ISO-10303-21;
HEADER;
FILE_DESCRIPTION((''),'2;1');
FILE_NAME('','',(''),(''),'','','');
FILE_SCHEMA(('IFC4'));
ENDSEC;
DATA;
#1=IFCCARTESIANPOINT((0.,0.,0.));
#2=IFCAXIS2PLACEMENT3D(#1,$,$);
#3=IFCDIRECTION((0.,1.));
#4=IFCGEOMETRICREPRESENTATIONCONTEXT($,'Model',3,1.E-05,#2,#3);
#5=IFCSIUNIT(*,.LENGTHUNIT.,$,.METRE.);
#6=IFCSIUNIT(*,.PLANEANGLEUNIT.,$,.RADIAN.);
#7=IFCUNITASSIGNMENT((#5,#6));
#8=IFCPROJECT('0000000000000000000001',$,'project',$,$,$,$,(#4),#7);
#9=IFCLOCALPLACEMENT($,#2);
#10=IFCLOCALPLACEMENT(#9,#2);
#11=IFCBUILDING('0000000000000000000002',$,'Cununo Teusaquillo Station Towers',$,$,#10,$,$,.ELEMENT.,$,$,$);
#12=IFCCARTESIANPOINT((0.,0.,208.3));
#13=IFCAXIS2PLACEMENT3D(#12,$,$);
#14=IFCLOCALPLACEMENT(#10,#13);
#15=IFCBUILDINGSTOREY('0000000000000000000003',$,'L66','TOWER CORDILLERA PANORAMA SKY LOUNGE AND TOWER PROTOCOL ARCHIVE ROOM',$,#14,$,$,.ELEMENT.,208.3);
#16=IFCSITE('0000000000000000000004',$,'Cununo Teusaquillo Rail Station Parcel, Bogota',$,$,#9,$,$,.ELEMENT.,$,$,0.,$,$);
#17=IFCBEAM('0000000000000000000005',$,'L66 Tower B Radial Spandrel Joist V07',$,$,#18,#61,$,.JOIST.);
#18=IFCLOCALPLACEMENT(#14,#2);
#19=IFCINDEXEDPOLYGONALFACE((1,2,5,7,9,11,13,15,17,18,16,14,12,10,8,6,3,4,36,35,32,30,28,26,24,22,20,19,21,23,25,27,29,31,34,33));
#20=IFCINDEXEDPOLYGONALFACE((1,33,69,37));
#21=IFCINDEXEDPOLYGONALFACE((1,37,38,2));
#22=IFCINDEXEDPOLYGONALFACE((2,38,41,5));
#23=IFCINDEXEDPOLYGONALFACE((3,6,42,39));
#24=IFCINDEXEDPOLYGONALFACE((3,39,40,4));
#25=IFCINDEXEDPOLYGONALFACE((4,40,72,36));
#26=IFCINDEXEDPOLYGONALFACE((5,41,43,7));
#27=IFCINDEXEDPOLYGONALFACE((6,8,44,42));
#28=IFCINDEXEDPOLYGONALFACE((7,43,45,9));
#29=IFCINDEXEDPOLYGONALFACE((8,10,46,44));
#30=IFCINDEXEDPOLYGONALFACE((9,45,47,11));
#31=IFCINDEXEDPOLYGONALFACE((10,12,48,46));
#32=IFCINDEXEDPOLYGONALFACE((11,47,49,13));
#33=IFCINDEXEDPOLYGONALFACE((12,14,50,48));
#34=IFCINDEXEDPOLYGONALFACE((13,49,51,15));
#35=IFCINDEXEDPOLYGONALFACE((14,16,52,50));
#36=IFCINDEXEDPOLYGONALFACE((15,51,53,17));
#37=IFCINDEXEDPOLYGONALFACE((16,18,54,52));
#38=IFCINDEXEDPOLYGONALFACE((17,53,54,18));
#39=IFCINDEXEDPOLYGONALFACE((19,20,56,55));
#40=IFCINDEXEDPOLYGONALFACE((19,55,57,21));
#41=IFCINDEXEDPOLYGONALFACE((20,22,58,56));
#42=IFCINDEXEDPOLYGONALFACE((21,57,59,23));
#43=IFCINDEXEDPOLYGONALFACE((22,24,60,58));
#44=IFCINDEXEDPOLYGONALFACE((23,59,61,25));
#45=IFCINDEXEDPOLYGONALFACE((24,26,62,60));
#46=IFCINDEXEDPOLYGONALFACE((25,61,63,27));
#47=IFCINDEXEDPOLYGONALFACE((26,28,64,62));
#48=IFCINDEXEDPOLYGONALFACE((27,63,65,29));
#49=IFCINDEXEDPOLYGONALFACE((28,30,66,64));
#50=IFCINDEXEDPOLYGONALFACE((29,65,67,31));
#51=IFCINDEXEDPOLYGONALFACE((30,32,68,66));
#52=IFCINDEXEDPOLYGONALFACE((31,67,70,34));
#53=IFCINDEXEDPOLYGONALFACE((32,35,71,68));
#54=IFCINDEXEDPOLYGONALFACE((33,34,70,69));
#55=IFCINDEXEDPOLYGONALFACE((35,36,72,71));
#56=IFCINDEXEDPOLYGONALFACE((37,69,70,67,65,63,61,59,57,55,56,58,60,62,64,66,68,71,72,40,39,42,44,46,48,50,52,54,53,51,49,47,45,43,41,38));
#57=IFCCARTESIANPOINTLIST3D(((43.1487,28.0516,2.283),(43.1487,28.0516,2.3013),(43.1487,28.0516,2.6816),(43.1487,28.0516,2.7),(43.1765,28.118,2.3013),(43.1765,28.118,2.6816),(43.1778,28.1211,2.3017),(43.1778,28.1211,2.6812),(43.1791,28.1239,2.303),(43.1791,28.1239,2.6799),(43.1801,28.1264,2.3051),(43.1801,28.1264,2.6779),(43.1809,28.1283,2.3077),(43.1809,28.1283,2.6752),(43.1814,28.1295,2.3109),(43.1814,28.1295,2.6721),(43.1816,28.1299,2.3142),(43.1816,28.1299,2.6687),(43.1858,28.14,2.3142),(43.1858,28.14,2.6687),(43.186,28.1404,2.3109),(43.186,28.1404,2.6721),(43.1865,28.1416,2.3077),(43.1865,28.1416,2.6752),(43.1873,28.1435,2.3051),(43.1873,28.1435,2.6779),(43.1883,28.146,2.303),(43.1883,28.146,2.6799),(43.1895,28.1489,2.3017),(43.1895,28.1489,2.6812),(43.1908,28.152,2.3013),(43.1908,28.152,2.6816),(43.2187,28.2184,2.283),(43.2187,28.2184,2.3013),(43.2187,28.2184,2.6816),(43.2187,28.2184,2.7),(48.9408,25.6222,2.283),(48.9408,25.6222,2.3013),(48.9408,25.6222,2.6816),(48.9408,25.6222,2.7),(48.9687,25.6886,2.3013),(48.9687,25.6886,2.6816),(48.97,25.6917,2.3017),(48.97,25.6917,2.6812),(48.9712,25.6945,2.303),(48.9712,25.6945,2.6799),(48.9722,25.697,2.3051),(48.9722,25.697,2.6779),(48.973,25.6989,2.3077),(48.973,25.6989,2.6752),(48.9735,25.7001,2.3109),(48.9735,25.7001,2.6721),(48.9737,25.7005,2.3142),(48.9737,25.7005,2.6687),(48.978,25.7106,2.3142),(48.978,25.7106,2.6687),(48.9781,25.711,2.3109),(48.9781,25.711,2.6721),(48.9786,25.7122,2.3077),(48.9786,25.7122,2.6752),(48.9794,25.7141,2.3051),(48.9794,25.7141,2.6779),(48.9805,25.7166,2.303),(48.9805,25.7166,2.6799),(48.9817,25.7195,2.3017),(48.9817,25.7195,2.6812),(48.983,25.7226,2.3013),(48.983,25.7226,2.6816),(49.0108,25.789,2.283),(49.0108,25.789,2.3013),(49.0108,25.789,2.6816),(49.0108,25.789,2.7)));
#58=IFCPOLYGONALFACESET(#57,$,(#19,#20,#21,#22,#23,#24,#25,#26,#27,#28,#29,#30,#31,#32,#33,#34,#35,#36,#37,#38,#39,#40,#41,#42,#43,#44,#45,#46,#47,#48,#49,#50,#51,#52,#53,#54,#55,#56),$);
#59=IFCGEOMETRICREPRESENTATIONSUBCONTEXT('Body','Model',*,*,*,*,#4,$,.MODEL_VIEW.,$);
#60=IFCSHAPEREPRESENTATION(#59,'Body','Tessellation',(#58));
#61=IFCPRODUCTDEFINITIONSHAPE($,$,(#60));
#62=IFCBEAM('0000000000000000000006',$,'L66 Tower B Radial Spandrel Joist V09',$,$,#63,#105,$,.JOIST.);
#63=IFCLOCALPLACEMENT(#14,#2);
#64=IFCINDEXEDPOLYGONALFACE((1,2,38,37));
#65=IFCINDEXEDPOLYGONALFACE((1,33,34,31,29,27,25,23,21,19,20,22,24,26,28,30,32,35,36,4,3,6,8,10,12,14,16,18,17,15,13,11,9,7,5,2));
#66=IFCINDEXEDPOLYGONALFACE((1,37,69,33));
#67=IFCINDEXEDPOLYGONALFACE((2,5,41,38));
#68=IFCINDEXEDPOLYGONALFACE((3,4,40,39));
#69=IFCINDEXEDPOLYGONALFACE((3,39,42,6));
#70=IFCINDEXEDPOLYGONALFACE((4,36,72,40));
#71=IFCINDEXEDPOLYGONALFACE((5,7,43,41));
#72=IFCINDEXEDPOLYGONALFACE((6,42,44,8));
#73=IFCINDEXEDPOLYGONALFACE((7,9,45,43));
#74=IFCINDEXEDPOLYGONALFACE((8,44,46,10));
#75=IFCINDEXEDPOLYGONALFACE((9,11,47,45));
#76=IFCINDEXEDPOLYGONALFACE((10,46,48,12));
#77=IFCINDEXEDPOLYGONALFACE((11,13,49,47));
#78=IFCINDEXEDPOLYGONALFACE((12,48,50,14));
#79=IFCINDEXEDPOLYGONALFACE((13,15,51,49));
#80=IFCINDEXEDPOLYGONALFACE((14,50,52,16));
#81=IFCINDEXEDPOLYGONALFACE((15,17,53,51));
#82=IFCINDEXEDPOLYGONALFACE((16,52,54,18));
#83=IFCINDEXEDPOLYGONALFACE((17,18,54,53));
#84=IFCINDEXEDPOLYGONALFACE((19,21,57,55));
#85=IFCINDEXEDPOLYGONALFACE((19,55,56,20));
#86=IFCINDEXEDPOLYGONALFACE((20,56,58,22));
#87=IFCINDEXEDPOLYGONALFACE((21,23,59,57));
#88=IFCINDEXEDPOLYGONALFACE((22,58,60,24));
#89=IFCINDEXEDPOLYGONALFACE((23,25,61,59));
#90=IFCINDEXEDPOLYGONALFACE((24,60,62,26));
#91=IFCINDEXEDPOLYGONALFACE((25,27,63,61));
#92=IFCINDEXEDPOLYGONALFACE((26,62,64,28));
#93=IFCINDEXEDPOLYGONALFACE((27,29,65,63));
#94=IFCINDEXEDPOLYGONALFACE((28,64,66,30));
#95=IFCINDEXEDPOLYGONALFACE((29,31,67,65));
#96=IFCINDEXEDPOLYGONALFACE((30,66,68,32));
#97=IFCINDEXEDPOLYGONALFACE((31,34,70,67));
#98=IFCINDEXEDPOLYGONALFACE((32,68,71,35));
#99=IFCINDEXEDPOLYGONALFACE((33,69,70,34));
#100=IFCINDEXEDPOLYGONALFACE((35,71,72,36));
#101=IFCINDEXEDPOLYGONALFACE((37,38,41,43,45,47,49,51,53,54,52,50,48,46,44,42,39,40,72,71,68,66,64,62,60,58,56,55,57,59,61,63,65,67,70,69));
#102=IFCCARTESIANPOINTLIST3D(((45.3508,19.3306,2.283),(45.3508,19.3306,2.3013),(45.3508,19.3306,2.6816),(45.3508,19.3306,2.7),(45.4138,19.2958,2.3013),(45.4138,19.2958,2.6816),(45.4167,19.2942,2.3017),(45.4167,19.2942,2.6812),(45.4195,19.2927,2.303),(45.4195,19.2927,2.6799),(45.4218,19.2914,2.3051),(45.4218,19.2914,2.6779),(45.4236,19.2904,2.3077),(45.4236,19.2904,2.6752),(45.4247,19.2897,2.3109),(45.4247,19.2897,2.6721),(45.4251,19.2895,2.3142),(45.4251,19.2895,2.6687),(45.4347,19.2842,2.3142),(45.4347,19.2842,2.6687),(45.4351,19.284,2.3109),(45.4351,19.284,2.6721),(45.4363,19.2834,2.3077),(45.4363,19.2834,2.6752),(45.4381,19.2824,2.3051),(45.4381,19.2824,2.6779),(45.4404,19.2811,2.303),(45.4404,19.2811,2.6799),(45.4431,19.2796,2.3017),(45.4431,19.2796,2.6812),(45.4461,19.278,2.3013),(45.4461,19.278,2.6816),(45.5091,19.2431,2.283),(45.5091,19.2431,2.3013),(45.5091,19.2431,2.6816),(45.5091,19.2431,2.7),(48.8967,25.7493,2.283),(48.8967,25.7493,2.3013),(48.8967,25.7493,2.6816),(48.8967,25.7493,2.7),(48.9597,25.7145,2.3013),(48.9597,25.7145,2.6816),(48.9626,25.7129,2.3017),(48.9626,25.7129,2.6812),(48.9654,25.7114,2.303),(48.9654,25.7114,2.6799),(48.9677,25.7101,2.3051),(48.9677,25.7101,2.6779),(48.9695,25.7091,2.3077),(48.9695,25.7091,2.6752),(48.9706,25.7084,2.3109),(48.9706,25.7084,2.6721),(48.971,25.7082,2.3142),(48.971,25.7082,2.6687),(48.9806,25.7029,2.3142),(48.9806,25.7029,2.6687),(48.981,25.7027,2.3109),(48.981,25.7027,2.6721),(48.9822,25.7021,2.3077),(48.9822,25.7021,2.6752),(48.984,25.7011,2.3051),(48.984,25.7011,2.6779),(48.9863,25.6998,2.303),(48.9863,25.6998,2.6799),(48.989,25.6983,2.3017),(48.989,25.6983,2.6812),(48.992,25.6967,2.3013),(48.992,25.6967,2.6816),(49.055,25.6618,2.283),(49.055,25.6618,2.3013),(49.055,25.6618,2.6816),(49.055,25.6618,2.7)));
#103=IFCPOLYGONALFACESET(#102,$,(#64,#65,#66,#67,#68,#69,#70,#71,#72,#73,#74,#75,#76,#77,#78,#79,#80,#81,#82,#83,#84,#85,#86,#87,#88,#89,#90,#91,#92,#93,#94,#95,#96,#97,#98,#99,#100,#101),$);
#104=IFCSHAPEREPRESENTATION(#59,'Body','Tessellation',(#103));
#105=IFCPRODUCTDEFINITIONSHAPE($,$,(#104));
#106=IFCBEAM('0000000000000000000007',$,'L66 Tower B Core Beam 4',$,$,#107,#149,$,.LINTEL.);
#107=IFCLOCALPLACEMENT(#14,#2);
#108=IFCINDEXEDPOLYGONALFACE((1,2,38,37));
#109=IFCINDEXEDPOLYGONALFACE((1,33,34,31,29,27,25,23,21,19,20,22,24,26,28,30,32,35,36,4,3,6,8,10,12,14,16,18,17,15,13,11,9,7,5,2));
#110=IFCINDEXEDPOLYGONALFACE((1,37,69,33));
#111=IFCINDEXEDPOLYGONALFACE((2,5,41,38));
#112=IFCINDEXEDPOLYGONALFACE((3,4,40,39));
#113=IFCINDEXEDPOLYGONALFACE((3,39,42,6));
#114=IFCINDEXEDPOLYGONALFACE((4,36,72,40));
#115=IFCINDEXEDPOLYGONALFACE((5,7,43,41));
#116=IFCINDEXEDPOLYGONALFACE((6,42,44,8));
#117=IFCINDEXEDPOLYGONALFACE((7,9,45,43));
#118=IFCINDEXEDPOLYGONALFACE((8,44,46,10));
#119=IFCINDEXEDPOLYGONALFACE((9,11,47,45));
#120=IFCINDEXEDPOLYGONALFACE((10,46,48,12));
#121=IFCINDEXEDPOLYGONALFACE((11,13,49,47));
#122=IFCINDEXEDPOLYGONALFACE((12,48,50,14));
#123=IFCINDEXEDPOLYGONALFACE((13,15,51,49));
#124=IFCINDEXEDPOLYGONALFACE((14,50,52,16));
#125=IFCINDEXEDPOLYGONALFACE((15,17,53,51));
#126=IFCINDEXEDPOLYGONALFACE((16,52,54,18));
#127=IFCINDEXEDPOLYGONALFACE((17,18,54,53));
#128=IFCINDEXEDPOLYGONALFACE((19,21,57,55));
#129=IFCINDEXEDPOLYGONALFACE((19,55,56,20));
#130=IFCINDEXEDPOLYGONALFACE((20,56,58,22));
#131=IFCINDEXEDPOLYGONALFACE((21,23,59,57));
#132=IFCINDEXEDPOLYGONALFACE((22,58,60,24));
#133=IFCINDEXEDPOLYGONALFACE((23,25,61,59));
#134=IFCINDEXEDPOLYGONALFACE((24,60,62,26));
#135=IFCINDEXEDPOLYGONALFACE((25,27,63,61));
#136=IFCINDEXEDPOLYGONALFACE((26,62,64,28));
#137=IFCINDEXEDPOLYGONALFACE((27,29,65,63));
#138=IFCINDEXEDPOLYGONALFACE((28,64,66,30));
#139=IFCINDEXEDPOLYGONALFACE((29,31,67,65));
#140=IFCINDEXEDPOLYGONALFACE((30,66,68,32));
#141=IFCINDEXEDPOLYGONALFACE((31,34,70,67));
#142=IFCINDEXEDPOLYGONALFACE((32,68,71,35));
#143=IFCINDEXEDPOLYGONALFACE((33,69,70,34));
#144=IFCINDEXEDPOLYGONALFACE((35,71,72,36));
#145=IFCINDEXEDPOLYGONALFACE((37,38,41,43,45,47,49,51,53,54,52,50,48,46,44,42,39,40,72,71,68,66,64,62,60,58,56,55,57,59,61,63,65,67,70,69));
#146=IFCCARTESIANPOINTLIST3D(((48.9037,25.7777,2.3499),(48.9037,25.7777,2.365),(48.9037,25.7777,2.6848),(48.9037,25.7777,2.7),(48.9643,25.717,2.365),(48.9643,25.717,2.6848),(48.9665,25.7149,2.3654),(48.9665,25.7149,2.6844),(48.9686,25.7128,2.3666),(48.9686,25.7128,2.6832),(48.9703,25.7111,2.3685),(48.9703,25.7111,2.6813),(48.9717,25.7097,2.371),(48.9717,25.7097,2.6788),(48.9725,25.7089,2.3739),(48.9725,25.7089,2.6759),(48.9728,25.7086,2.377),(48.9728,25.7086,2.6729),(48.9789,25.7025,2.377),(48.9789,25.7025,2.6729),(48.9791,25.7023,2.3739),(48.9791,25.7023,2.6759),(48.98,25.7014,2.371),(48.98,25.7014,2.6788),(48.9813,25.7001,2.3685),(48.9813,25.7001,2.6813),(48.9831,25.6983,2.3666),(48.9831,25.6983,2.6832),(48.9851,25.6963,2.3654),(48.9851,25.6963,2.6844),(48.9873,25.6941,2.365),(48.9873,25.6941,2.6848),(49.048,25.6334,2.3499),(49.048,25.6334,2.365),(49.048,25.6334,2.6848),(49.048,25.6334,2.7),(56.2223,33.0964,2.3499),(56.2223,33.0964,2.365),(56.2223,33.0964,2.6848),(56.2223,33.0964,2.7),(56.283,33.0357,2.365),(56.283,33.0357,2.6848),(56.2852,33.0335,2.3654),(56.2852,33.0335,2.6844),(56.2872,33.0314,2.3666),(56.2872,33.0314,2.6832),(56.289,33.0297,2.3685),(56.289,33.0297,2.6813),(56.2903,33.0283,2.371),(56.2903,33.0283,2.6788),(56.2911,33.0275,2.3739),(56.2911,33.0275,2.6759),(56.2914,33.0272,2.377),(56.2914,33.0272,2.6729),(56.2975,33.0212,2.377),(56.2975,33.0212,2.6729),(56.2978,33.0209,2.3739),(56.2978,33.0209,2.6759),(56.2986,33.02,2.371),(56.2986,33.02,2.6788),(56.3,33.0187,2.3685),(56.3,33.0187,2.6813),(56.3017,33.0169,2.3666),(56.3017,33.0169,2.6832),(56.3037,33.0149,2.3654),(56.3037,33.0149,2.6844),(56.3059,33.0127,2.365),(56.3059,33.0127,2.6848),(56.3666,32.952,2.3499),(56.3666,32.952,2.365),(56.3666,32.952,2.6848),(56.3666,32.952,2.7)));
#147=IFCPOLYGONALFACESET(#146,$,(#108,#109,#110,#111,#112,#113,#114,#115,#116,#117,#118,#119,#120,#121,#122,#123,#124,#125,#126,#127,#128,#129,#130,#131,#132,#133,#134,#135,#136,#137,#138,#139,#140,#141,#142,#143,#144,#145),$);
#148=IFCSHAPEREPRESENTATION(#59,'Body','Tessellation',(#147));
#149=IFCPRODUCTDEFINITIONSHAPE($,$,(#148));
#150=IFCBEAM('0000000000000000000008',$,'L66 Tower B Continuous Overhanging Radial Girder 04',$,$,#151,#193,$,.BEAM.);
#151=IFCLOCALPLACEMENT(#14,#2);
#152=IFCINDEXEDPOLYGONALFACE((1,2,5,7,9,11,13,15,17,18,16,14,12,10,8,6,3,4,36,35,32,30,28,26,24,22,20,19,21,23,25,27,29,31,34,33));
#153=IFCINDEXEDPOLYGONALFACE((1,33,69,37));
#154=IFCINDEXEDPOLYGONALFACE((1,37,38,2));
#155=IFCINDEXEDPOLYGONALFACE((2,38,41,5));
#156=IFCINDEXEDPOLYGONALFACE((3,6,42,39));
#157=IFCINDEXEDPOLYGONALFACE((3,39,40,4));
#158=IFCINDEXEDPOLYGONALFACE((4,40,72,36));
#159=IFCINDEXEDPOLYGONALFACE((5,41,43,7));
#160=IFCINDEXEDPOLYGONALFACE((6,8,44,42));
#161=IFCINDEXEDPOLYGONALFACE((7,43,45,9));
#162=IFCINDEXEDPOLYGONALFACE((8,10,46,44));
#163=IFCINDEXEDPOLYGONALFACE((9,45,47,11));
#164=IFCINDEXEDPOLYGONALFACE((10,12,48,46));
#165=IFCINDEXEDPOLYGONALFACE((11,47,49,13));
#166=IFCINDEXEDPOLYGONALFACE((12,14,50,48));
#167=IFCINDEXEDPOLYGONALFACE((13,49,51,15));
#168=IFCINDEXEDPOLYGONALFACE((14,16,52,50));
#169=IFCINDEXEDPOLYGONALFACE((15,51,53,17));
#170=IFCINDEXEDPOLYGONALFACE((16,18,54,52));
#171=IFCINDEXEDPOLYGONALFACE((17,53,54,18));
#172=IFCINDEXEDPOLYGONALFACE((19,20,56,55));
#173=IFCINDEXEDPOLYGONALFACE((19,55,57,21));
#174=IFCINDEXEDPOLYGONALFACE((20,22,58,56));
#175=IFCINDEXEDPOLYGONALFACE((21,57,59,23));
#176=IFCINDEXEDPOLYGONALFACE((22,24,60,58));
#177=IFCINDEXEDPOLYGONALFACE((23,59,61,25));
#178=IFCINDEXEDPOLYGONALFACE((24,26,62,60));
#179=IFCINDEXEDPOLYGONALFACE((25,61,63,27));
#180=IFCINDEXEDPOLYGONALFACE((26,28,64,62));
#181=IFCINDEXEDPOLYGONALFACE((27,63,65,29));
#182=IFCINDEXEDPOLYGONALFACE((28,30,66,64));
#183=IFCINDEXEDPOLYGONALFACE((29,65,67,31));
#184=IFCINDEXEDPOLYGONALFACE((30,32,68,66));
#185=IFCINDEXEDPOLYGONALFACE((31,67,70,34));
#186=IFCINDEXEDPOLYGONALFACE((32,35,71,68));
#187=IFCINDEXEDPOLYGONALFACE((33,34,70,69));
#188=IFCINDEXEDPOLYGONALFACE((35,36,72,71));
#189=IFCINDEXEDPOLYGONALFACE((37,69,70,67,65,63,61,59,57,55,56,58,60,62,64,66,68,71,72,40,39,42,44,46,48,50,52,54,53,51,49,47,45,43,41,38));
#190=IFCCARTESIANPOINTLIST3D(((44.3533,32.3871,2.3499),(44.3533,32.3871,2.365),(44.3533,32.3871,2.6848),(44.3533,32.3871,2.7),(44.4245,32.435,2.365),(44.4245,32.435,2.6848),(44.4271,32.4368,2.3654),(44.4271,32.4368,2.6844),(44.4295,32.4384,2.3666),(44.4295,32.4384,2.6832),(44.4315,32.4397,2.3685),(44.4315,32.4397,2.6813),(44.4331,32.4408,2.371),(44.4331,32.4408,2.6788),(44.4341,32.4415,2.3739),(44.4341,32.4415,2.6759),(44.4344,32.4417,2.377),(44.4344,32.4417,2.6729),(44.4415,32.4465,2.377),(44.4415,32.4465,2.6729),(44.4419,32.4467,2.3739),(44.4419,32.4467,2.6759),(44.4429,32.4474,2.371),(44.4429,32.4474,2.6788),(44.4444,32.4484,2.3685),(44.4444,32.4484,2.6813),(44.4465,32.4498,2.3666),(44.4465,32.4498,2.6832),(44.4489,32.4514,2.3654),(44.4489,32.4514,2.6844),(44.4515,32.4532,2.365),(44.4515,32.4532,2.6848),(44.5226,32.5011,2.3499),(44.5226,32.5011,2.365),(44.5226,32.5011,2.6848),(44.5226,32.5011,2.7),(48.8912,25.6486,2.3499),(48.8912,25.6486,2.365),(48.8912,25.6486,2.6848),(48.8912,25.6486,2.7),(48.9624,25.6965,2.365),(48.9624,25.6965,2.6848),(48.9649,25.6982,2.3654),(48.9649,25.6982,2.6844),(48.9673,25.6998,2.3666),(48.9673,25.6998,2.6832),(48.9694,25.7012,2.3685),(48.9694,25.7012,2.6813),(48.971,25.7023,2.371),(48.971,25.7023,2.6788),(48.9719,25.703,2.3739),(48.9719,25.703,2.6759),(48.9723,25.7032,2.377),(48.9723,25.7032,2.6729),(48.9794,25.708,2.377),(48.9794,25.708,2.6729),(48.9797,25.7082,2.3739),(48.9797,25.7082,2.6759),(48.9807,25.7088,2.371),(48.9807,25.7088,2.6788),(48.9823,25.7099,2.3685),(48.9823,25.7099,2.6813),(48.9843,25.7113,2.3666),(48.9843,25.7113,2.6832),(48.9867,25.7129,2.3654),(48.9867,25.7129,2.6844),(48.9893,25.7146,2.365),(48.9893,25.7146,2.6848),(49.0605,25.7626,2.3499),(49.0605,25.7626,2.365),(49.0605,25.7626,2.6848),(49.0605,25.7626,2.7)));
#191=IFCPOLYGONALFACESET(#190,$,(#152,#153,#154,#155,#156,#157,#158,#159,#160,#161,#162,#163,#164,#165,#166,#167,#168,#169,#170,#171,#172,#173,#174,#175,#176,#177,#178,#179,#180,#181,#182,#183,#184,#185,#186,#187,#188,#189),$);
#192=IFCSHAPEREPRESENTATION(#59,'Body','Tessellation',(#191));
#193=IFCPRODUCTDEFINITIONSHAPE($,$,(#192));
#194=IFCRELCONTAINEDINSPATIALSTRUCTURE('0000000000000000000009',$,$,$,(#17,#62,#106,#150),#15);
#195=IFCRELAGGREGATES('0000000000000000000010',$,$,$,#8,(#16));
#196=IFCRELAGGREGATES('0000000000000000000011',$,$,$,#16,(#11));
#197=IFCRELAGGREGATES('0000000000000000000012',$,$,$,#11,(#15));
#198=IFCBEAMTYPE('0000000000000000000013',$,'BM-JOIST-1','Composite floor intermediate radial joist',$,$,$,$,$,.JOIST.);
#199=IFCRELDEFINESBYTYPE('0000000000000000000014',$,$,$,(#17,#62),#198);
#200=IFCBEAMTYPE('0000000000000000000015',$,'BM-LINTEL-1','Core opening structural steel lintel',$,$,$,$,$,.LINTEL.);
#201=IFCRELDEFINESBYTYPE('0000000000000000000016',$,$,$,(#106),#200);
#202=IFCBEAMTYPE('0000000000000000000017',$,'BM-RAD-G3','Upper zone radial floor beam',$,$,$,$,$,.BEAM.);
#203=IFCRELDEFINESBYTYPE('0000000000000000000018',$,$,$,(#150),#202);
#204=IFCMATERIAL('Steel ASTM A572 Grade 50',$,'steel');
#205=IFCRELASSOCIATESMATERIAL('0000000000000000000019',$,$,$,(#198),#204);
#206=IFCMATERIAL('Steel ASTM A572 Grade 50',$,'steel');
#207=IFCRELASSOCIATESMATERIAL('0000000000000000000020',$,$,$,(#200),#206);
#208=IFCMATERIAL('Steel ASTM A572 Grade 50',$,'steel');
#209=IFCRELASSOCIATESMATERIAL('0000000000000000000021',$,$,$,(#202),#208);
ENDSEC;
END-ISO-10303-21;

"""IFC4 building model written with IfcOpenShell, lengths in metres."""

from ifc_helpers import new_model, si_unit, direction, frame, origin, origin_2d, place, context, subcontext, project, spatial, i_section, extrude, material, material_profile, profile_set, type_object, element, save


model = new_model("IFC4")

# Units and contexts
model_context = context("Model", 3, precision=1e-05, world=origin(), true_north=direction((0.0, 1.0)))
body_context = subcontext(model_context, "Body", "Model", "MODEL_VIEW")
ifc_project = project(units=[si_unit("LENGTHUNIT", "METRE"), si_unit("PLANEANGLEUNIT", "RADIAN")], contexts=[model_context])

# Site, building, storey
site_placement = place(None, origin())
site = spatial("IfcSite", under=ifc_project, at=site_placement, Name="Cununo Teusaquillo Rail Station Parcel, Bogota", CompositionType="ELEMENT", RefElevation=0.0)
building_placement = place(site_placement, origin())
building = spatial("IfcBuilding", under=site, at=building_placement, Name="Cununo Teusaquillo Station Towers", CompositionType="ELEMENT")
storey_placement = place(building_placement, frame((0.0, 0.0, 208.3)))
storey = spatial("IfcBuildingStorey", under=building, at=storey_placement, Name="L66", Description="TOWER CORDILLERA PANORAMA SKY LOUNGE AND TOWER PROTOCOL ARCHIVE ROOM", CompositionType="ELEMENT", Elevation=208.3)

# Beams
ifc_material_1 = material(Name="Steel ASTM A572 Grade 50", Category="steel")
ifc_material_profile_1 = material_profile(ifc_material_1, i_section(OverallWidth=0.1809, OverallDepth=0.417, WebThickness=0.011, FlangeThickness=0.0183, FilletRadius=0.0129, at=origin_2d()), Name="W16X57")
ifc_profile_set_1 = profile_set([ifc_material_profile_1], Name="Steel ASTM A572 Grade 50")
beam_type_1 = type_object("IfcBeamType", Name="BM-JOIST-1", Description="Composite floor intermediate radial joist", PredefinedType="JOIST", material=ifc_profile_set_1)
beam_1_placement = place(storey_placement, frame((48.9758, 25.7056, 2.4915), z_axis=(-0.922169, 0.386786, 0.0), x_axis=(-0.386786, -0.922169, 0.0)))
element("IfcBeam", 1, at=beam_1_placement, inside=storey, type_object=beam_type_1, Name="L66 Tower B Radial Spandrel Joist V07", PredefinedType="JOIST", context=body_context, shape_type="SweptSolid", body=[
    extrude(i_section(OverallWidth=0.1809, OverallDepth=0.417, WebThickness=0.011, FlangeThickness=0.0183, FilletRadius=0.0129, at=origin_2d()), origin(), (0.0, 0.0, 1.0), 6.281),
])
beam_2_placement = place(storey_placement, frame((48.9758, 25.7056, 2.4915), z_axis=(-0.483553, -0.875315, 0.0), x_axis=(0.875315, -0.483553, 0.0)))
element("IfcBeam", 2, at=beam_2_placement, inside=storey, type_object=beam_type_1, Name="L66 Tower B Radial Spandrel Joist V09", PredefinedType="JOIST", context=body_context, shape_type="SweptSolid", body=[
    extrude(i_section(OverallWidth=0.1809, OverallDepth=0.417, WebThickness=0.011, FlangeThickness=0.0183, FilletRadius=0.0129, at=origin_2d()), origin(), (0.0, 0.0, 1.0), 7.333),
])
ifc_material_2 = material(Name="Steel ASTM A572 Grade 50", Category="steel")
ifc_material_profile_2 = material_profile(ifc_material_2, i_section(OverallWidth=0.2041, OverallDepth=0.3501, WebThickness=0.0085, FlangeThickness=0.0151, FilletRadius=0.012, at=origin_2d()), Name="W14X48")
ifc_profile_set_2 = profile_set([ifc_material_profile_2], Name="Steel ASTM A572 Grade 50")
beam_type_2 = type_object("IfcBeamType", Name="BM-LINTEL-1", Description="Core opening structural steel lintel", PredefinedType="LINTEL", material=ifc_profile_set_2)
beam_3_placement = place(storey_placement, frame((48.9758, 25.7056, 2.5249), z_axis=(0.707107, 0.707107, 0.0), x_axis=(-0.707107, 0.707107, 0.0)))
element("IfcBeam", 3, at=beam_3_placement, inside=storey, type_object=beam_type_2, Name="L66 Tower B Core Beam 4", PredefinedType="LINTEL", context=body_context, shape_type="SweptSolid", body=[
    extrude(i_section(OverallWidth=0.2041, OverallDepth=0.3501, WebThickness=0.0085, FlangeThickness=0.0151, FilletRadius=0.012, at=origin_2d()), origin(), (0.0, 0.0, 1.0), 10.3501),
])
ifc_material_3 = material(Name="Steel ASTM A572 Grade 50", Category="steel")
ifc_material_profile_3 = material_profile(ifc_material_3, i_section(OverallWidth=0.2041, OverallDepth=0.3501, WebThickness=0.0085, FlangeThickness=0.0151, FilletRadius=0.012, at=origin_2d()), Name="W14X48")
ifc_profile_set_3 = profile_set([ifc_material_profile_3], Name="Steel ASTM A572 Grade 50")
beam_type_3 = type_object("IfcBeamType", Name="BM-RAD-G3", Description="Upper zone radial floor beam", PredefinedType="BEAM", material=ifc_profile_set_3)
beam_4_placement = place(storey_placement, frame((48.9758, 25.7056, 2.5249), z_axis=(-0.558571, 0.829457, 0.0), x_axis=(-0.829457, -0.558571, 0.0)))
element("IfcBeam", 4, at=beam_4_placement, inside=storey, type_object=beam_type_3, Name="L66 Tower B Continuous Overhanging Radial Girder 04", PredefinedType="BEAM", context=body_context, shape_type="SweptSolid", body=[
    extrude(i_section(OverallWidth=0.2041, OverallDepth=0.3501, WebThickness=0.0085, FlangeThickness=0.0151, FilletRadius=0.012, at=origin_2d()), origin(), (0.0, 0.0, 1.0), 8.124),
])

save(model, "model.ifc")
